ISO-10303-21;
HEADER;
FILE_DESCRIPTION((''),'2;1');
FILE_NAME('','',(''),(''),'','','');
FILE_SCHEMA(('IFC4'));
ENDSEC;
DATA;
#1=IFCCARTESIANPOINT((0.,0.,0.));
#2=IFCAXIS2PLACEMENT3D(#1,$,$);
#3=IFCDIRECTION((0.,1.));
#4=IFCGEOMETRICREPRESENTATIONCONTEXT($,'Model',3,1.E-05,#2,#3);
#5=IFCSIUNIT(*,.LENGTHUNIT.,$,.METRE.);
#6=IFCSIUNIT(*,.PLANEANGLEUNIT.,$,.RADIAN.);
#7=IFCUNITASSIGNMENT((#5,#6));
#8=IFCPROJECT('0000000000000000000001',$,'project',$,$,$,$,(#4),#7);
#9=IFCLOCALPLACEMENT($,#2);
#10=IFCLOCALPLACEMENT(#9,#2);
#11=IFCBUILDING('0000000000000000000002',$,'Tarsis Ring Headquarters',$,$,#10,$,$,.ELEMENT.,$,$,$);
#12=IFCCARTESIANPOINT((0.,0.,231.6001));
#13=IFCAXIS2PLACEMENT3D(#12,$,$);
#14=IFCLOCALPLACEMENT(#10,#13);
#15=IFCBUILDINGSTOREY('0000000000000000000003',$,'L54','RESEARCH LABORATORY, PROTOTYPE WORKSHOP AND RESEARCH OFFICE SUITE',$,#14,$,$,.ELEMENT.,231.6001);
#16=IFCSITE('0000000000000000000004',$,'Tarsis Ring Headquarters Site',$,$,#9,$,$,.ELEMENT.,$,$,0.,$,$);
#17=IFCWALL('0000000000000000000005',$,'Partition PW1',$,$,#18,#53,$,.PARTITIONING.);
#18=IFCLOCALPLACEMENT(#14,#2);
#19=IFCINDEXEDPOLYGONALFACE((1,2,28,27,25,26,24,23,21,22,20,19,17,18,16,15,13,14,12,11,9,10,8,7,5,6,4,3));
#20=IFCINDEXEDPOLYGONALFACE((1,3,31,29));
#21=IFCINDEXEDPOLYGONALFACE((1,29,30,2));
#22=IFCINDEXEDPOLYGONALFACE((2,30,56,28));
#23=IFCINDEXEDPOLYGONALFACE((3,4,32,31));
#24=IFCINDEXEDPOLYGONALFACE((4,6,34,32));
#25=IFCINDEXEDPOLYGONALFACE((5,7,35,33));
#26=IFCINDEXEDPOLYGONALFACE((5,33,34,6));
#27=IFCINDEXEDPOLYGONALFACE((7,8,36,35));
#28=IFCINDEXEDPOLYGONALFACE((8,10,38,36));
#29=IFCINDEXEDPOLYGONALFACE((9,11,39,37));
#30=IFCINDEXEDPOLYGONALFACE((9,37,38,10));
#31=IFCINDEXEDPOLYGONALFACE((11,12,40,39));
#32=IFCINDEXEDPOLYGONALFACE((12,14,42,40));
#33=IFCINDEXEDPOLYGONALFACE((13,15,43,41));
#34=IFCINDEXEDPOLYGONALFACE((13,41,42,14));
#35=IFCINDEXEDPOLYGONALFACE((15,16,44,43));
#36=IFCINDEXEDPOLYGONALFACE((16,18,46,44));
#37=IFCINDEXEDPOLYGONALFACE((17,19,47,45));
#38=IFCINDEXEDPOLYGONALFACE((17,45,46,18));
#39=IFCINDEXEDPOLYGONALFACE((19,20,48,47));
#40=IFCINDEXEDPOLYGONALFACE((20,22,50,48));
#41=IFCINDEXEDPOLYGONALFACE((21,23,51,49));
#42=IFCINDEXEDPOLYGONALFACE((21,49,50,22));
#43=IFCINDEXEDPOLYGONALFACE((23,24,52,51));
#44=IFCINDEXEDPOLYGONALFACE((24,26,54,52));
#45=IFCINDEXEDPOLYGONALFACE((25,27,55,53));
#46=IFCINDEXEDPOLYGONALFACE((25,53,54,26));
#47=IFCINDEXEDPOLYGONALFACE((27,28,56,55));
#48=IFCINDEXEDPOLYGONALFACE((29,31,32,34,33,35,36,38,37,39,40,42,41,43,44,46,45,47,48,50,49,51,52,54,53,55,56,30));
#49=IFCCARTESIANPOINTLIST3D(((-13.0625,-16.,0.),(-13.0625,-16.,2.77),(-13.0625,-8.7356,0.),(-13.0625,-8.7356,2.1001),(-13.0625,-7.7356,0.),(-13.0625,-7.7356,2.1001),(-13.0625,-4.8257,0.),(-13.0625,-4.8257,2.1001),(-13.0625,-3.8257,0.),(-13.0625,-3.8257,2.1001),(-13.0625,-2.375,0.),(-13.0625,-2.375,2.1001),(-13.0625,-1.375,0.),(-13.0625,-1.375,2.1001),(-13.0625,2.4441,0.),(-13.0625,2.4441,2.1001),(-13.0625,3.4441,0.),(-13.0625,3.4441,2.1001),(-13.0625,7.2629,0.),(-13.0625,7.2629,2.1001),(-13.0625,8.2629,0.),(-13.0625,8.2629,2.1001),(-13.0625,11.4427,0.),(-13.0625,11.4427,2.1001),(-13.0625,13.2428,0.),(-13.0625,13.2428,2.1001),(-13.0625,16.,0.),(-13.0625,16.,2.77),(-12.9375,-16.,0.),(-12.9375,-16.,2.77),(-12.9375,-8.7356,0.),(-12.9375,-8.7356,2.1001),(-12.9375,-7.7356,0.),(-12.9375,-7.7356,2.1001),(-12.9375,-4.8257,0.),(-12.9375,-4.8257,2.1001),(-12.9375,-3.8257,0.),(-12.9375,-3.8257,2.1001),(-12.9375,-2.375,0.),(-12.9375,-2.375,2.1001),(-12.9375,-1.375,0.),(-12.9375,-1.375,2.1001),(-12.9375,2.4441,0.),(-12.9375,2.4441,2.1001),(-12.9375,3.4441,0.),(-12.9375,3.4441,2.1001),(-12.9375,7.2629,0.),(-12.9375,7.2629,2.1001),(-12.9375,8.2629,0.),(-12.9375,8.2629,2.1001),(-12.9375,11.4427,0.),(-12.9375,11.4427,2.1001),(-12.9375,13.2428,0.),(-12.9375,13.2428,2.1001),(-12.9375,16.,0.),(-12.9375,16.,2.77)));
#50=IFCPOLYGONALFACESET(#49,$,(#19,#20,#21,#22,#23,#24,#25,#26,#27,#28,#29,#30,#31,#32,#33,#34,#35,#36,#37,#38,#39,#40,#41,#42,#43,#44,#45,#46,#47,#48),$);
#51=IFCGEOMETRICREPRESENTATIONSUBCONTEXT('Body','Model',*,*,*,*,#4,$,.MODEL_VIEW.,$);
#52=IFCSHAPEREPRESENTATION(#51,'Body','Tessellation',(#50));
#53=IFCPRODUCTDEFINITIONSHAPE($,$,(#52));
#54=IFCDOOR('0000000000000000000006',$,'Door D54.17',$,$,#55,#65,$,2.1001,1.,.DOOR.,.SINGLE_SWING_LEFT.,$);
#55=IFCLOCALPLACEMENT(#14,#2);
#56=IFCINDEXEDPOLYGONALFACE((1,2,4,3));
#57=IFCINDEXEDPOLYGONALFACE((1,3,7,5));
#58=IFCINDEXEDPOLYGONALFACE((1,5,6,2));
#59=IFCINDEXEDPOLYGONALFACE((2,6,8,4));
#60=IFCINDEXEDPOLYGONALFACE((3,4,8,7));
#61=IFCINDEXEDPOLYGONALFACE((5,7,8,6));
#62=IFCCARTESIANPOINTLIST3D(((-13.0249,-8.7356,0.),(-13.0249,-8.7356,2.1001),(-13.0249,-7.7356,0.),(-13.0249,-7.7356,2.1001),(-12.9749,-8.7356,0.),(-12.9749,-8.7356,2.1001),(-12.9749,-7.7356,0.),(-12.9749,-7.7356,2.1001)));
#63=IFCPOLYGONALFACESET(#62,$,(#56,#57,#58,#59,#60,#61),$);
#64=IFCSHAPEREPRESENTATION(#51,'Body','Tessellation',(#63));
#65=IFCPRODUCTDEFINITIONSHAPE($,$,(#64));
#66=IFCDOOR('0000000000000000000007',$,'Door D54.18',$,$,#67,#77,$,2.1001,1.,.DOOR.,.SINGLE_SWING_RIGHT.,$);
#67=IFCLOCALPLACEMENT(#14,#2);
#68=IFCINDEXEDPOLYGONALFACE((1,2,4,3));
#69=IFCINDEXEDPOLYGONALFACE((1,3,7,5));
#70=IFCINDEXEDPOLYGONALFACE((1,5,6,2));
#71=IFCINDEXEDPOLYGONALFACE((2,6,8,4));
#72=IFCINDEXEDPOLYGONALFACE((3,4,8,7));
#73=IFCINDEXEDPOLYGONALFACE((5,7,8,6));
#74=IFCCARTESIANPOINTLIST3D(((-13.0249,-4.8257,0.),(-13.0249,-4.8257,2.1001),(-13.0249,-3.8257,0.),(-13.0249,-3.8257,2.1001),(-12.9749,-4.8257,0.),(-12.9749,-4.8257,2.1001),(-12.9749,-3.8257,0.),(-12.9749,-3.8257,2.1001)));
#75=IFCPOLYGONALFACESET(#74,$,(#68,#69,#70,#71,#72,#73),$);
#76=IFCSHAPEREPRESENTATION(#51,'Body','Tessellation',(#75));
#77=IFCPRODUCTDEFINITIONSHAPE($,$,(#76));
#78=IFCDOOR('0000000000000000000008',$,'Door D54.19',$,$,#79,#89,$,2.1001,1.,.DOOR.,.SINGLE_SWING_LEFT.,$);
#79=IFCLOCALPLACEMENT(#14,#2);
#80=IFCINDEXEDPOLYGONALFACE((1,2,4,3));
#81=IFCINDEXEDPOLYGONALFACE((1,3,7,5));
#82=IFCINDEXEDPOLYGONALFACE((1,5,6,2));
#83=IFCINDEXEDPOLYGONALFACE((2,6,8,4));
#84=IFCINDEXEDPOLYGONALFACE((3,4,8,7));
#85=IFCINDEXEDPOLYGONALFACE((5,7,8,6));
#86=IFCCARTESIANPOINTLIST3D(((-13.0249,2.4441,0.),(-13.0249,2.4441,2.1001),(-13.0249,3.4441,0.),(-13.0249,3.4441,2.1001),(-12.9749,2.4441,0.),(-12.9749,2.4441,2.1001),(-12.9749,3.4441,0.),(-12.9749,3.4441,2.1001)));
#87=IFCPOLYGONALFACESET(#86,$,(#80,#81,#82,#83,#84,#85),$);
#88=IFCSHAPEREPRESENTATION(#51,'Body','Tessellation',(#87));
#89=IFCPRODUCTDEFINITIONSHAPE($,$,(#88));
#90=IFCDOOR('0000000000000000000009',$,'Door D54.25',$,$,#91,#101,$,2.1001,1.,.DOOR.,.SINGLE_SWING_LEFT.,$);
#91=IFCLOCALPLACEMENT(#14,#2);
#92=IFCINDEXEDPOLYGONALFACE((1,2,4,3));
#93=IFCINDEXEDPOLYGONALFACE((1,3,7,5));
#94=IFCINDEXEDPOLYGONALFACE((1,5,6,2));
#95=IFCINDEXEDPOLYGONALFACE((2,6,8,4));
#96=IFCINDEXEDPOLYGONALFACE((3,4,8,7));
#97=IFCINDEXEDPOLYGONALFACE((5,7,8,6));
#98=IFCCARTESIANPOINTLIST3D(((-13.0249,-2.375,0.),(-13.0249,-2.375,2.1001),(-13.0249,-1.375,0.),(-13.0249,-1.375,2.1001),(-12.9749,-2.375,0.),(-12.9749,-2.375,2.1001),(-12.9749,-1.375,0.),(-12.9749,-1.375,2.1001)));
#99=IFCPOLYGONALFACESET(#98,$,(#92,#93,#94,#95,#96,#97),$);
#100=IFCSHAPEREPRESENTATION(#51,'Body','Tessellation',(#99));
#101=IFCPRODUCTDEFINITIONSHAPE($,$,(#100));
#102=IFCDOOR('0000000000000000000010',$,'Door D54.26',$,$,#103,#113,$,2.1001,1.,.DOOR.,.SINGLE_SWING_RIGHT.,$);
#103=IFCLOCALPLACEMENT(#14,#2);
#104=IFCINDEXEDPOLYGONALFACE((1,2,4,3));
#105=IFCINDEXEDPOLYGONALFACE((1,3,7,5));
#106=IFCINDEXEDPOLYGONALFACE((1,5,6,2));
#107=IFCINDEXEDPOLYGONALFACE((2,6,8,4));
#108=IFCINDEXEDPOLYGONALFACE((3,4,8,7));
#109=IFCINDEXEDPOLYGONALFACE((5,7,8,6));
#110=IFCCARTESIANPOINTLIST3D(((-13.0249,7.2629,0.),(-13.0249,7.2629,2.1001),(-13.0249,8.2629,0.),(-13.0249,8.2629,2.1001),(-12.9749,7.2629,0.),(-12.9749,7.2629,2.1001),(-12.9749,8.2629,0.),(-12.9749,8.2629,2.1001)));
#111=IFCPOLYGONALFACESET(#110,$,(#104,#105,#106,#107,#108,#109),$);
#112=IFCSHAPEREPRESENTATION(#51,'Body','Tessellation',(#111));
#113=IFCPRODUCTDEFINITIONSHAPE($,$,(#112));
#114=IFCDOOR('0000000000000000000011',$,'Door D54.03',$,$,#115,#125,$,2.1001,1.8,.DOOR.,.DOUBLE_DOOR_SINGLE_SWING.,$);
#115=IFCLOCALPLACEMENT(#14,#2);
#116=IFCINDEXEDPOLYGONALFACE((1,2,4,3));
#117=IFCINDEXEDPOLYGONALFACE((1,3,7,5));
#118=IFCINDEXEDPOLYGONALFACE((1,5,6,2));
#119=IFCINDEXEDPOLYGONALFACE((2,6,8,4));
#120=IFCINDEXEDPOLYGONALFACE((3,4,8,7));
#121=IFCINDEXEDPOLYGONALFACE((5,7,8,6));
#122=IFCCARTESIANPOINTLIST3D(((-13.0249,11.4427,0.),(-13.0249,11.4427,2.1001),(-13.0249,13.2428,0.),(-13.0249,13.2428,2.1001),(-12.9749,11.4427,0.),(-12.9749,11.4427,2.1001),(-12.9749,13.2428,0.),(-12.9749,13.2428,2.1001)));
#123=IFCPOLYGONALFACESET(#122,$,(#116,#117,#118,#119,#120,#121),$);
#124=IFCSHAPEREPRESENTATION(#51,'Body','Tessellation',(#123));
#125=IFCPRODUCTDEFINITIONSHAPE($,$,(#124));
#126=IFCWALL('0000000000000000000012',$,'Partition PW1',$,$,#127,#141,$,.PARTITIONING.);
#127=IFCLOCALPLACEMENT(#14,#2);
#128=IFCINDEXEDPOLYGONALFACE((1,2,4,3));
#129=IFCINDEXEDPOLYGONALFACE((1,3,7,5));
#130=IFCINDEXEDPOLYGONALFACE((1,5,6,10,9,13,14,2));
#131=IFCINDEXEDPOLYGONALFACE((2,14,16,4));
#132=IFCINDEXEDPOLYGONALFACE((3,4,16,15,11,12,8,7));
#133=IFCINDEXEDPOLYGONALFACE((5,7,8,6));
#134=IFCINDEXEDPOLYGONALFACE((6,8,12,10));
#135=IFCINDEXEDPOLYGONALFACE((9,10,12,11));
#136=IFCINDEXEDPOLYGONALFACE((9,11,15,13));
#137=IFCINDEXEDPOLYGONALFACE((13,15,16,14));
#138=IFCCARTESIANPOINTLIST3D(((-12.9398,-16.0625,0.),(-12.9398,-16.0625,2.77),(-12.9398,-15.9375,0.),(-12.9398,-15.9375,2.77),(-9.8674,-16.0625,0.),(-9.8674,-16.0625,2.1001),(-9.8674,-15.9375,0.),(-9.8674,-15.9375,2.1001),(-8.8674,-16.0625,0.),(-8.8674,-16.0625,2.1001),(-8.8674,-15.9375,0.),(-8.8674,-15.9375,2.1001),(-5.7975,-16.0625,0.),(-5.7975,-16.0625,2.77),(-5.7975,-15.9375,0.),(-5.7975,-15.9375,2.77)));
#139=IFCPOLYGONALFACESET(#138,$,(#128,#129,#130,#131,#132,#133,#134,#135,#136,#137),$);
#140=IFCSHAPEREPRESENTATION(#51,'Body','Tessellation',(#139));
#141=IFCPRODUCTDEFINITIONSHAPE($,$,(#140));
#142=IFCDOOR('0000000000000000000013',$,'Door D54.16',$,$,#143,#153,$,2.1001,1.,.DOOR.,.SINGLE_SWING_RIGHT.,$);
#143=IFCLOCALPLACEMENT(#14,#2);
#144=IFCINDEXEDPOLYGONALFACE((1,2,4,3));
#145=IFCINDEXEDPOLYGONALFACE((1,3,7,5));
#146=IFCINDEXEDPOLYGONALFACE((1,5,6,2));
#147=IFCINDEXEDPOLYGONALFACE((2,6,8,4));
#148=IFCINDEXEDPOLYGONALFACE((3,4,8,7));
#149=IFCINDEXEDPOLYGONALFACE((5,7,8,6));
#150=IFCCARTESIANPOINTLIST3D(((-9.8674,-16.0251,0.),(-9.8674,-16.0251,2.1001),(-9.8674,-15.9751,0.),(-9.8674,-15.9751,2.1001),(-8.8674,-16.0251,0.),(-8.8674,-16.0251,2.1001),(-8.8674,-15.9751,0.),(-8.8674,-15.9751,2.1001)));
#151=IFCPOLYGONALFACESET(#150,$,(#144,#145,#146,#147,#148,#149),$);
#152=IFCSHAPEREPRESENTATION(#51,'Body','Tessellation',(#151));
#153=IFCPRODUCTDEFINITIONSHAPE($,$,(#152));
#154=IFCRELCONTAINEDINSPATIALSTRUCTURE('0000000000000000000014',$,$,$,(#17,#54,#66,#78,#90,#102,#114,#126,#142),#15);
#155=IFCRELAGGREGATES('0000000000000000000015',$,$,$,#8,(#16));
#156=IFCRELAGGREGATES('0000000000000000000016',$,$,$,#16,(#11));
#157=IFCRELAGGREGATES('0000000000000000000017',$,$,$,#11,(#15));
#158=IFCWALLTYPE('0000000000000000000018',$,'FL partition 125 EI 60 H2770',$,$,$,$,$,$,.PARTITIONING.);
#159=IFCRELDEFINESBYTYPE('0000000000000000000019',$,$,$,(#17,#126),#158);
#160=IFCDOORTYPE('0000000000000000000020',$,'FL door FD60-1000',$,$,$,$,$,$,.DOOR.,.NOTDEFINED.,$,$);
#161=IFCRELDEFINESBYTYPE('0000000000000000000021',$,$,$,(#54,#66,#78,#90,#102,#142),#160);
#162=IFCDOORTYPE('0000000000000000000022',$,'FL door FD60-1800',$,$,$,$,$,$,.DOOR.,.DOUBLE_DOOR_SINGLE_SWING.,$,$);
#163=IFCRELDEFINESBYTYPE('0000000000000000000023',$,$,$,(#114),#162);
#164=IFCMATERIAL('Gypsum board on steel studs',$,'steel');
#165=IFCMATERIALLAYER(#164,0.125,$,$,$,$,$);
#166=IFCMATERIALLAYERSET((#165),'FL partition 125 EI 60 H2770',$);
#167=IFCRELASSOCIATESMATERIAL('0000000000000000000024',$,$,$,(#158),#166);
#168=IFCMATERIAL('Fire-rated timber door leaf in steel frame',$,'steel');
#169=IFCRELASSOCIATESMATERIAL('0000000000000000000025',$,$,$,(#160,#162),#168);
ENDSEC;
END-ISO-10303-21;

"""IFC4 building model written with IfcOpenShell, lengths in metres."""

from ifc_helpers import new_model, si_unit, direction, frame, frame_2d, origin, place, context, subcontext, project, spatial, rectangle, extrude, material, layer, layer_set, type_object, element, fill, save


model = new_model("IFC4")

# Units and contexts
model_context = context("Model", 3, precision=1e-05, world=origin(), true_north=direction((0.0, 1.0)))
body_context = subcontext(model_context, "Body", "Model", "MODEL_VIEW")
ifc_project = project(units=[si_unit("LENGTHUNIT", "METRE"), si_unit("PLANEANGLEUNIT", "RADIAN")], contexts=[model_context])

# Site, building, storey
site_placement = place(None, origin())
site = spatial("IfcSite", under=ifc_project, at=site_placement, Name="Tarsis Ring Headquarters Site", CompositionType="ELEMENT", RefElevation=0.0)
building_placement = place(site_placement, origin())
building = spatial("IfcBuilding", under=site, at=building_placement, Name="Tarsis Ring Headquarters", CompositionType="ELEMENT")
storey_placement = place(building_placement, frame((0.0, 0.0, 231.6001)))
storey = spatial("IfcBuildingStorey", under=building, at=storey_placement, Name="L54", Description="RESEARCH LABORATORY, PROTOTYPE WORKSHOP AND RESEARCH OFFICE SUITE", CompositionType="ELEMENT", Elevation=231.6001)

# Wall, openings, doors
ifc_material_1 = material(Name="Gypsum board on steel studs", Category="steel")
ifc_layer_1 = layer(ifc_material_1, 0.125)
ifc_layer_set_1 = layer_set([ifc_layer_1], Name="FL partition 125 EI 60 H2770")
wall_type_1 = type_object("IfcWallType", Name="FL partition 125 EI 60 H2770", PredefinedType="PARTITIONING", material=ifc_layer_set_1)
wall_1_placement = place(storey_placement, frame((-13.0, -16.0, 0.0), z_axis=(0.0, 0.0, 1.0), x_axis=(0.0, 1.0, 0.0)))
wall_1 = element("IfcWall", 1, at=wall_1_placement, inside=storey, type_object=wall_type_1, Name="Partition PW1", PredefinedType="PARTITIONING", context=body_context, shape_type="SweptSolid", body=[
    extrude(rectangle(XDim=32.0, YDim=0.125, at=frame_2d((16.0, 0.0))), origin(), (0.0, 0.0, 1.0), 2.77),
])
opening_1_placement = place(wall_1_placement, frame((27.4429, 0.0, 0.0)))
opening_1 = element("IfcOpeningElement", 2, at=opening_1_placement, cuts=wall_1, PredefinedType="OPENING", context=body_context, shape_type="SweptSolid", body=[
    extrude(rectangle(XDim=1.8, YDim=2.1001, at=frame_2d((0.8999, 1.05))), frame((0.0, 0.0725, 0.0), z_axis=(0.0, -1.0, 0.0), x_axis=(1.0, 0.0, 0.0)), (0.0, 0.0, 1.0), 0.145),
])
opening_2_placement = place(wall_1_placement, frame((7.2644, 0.0, 0.0)))
opening_2 = element("IfcOpeningElement", 3, at=opening_2_placement, cuts=wall_1, PredefinedType="OPENING", context=body_context, shape_type="SweptSolid", body=[
    extrude(rectangle(XDim=1.0, YDim=2.1001, at=frame_2d((0.5, 1.05))), frame((0.0, 0.0725, 0.0), z_axis=(0.0, -1.0, 0.0), x_axis=(1.0, 0.0, 0.0)), (0.0, 0.0, 1.0), 0.145),
])
opening_3_placement = place(wall_1_placement, frame((11.1743, 0.0, 0.0)))
opening_3 = element("IfcOpeningElement", 4, at=opening_3_placement, cuts=wall_1, PredefinedType="OPENING", context=body_context, shape_type="SweptSolid", body=[
    extrude(rectangle(XDim=1.0, YDim=2.1001, at=frame_2d((0.5, 1.05))), frame((0.0, 0.0725, 0.0), z_axis=(0.0, -1.0, 0.0), x_axis=(1.0, 0.0, 0.0)), (0.0, 0.0, 1.0), 0.145),
])
opening_4_placement = place(wall_1_placement, frame((18.4441, 0.0, 0.0)))
opening_4 = element("IfcOpeningElement", 5, at=opening_4_placement, cuts=wall_1, PredefinedType="OPENING", context=body_context, shape_type="SweptSolid", body=[
    extrude(rectangle(XDim=1.0, YDim=2.1001, at=frame_2d((0.5, 1.05))), frame((0.0, 0.0725, 0.0), z_axis=(0.0, -1.0, 0.0), x_axis=(1.0, 0.0, 0.0)), (0.0, 0.0, 1.0), 0.145),
])
opening_5_placement = place(wall_1_placement, frame((13.625, 0.0, 0.0)))
opening_5 = element("IfcOpeningElement", 6, at=opening_5_placement, cuts=wall_1, PredefinedType="OPENING", context=body_context, shape_type="SweptSolid", body=[
    extrude(rectangle(XDim=1.0, YDim=2.1001, at=frame_2d((0.5, 1.05))), frame((0.0, 0.0725, 0.0), z_axis=(0.0, -1.0, 0.0), x_axis=(1.0, 0.0, 0.0)), (0.0, 0.0, 1.0), 0.145),
])
opening_6_placement = place(wall_1_placement, frame((23.2629, 0.0, 0.0)))
opening_6 = element("IfcOpeningElement", 7, at=opening_6_placement, cuts=wall_1, PredefinedType="OPENING", context=body_context, shape_type="SweptSolid", body=[
    extrude(rectangle(XDim=1.0, YDim=2.1001, at=frame_2d((0.5, 1.05))), frame((0.0, 0.0725, 0.0), z_axis=(0.0, -1.0, 0.0), x_axis=(1.0, 0.0, 0.0)), (0.0, 0.0, 1.0), 0.145),
])
ifc_material_2 = material(Name="Fire-rated timber door leaf in steel frame", Category="steel")
door_type_1 = type_object("IfcDoorType", Name="FL door FD60-1000", OperationType="NOTDEFINED", PredefinedType="DOOR", material=ifc_material_2)
door_1_placement = place(opening_2_placement, origin())
door_1 = element("IfcDoor", 8, at=door_1_placement, inside=storey, type_object=door_type_1, Name="Door D54.17", OperationType="SINGLE_SWING_LEFT", OverallHeight=2.1001, OverallWidth=1.0, PredefinedType="DOOR", context=body_context, shape_type="SweptSolid", body=[
    extrude(rectangle(XDim=1.0, YDim=2.1001, at=frame_2d((0.5, 1.05))), frame((0.0, 0.0249, 0.0), z_axis=(0.0, -1.0, 0.0), x_axis=(1.0, 0.0, 0.0)), (0.0, 0.0, 1.0), 0.05),
])
fill(opening_2, door_1)
door_2_placement = place(opening_3_placement, origin())
door_2 = element("IfcDoor", 9, at=door_2_placement, inside=storey, type_object=door_type_1, Name="Door D54.18", OperationType="SINGLE_SWING_RIGHT", OverallHeight=2.1001, OverallWidth=1.0, PredefinedType="DOOR", context=body_context, shape_type="SweptSolid", body=[
    extrude(rectangle(XDim=1.0, YDim=2.1001, at=frame_2d((0.5, 1.05))), frame((0.0, 0.0249, 0.0), z_axis=(0.0, -1.0, 0.0), x_axis=(1.0, 0.0, 0.0)), (0.0, 0.0, 1.0), 0.05),
])
fill(opening_3, door_2)
door_3_placement = place(opening_4_placement, origin())
door_3 = element("IfcDoor", 10, at=door_3_placement, inside=storey, type_object=door_type_1, Name="Door D54.19", OperationType="SINGLE_SWING_LEFT", OverallHeight=2.1001, OverallWidth=1.0, PredefinedType="DOOR", context=body_context, shape_type="SweptSolid", body=[
    extrude(rectangle(XDim=1.0, YDim=2.1001, at=frame_2d((0.5, 1.05))), frame((0.0, 0.0249, 0.0), z_axis=(0.0, -1.0, 0.0), x_axis=(1.0, 0.0, 0.0)), (0.0, 0.0, 1.0), 0.05),
])
fill(opening_4, door_3)
door_4_placement = place(opening_5_placement, origin())
door_4 = element("IfcDoor", 11, at=door_4_placement, inside=storey, type_object=door_type_1, Name="Door D54.25", OperationType="SINGLE_SWING_LEFT", OverallHeight=2.1001, OverallWidth=1.0, PredefinedType="DOOR", context=body_context, shape_type="SweptSolid", body=[
    extrude(rectangle(XDim=1.0, YDim=2.1001, at=frame_2d((0.5, 1.05))), frame((0.0, 0.0249, 0.0), z_axis=(0.0, -1.0, 0.0), x_axis=(1.0, 0.0, 0.0)), (0.0, 0.0, 1.0), 0.05),
])
fill(opening_5, door_4)
door_5_placement = place(opening_6_placement, origin())
door_5 = element("IfcDoor", 12, at=door_5_placement, inside=storey, type_object=door_type_1, Name="Door D54.26", OperationType="SINGLE_SWING_RIGHT", OverallHeight=2.1001, OverallWidth=1.0, PredefinedType="DOOR", context=body_context, shape_type="SweptSolid", body=[
    extrude(rectangle(XDim=1.0, YDim=2.1001, at=frame_2d((0.5, 1.05))), frame((0.0, 0.0249, 0.0), z_axis=(0.0, -1.0, 0.0), x_axis=(1.0, 0.0, 0.0)), (0.0, 0.0, 1.0), 0.05),
])
fill(opening_6, door_5)
door_type_2 = type_object("IfcDoorType", Name="FL door FD60-1800", OperationType="DOUBLE_DOOR_SINGLE_SWING", PredefinedType="DOOR", material=ifc_material_2)
door_6_placement = place(opening_1_placement, origin())
door_6 = element("IfcDoor", 13, at=door_6_placement, inside=storey, type_object=door_type_2, Name="Door D54.03", OperationType="DOUBLE_DOOR_SINGLE_SWING", OverallHeight=2.1001, OverallWidth=1.8, PredefinedType="DOOR", context=body_context, shape_type="SweptSolid", body=[
    extrude(rectangle(XDim=1.8, YDim=2.1001, at=frame_2d((0.8999, 1.05))), frame((0.0, 0.0249, 0.0), z_axis=(0.0, -1.0, 0.0), x_axis=(1.0, 0.0, 0.0)), (0.0, 0.0, 1.0), 0.05),
])
fill(opening_1, door_6)

# Wall, opening, door
wall_2_placement = place(storey_placement, frame((-12.9399, -16.0, 0.0), z_axis=(0.0, 0.0, 1.0), x_axis=(1.0, 0.0, 0.0)))
wall_2 = element("IfcWall", 14, at=wall_2_placement, inside=storey, type_object=wall_type_1, Name="Partition PW1", PredefinedType="PARTITIONING", context=body_context, shape_type="SweptSolid", body=[
    extrude(rectangle(XDim=7.1423, YDim=0.125, at=frame_2d((3.5713, 0.0))), origin(), (0.0, 0.0, 1.0), 2.77),
])
opening_7_placement = place(wall_2_placement, frame((3.0725, 0.0, 0.0)))
opening_7 = element("IfcOpeningElement", 15, at=opening_7_placement, cuts=wall_2, PredefinedType="OPENING", context=body_context, shape_type="SweptSolid", body=[
    extrude(rectangle(XDim=1.0, YDim=2.1001, at=frame_2d((0.5, 1.05))), frame((0.0, 0.0725, 0.0), z_axis=(0.0, -1.0, 0.0), x_axis=(1.0, 0.0, 0.0)), (0.0, 0.0, 1.0), 0.145),
])
door_7_placement = place(opening_7_placement, origin())
door_7 = element("IfcDoor", 16, at=door_7_placement, inside=storey, type_object=door_type_1, Name="Door D54.16", OperationType="SINGLE_SWING_RIGHT", OverallHeight=2.1001, OverallWidth=1.0, PredefinedType="DOOR", context=body_context, shape_type="SweptSolid", body=[
    extrude(rectangle(XDim=1.0, YDim=2.1001, at=frame_2d((0.5, 1.05))), frame((0.0, 0.0249, 0.0), z_axis=(0.0, -1.0, 0.0), x_axis=(1.0, 0.0, 0.0)), (0.0, 0.0, 1.0), 0.05),
])
fill(opening_7, door_7)

save(model, "model.ifc")
